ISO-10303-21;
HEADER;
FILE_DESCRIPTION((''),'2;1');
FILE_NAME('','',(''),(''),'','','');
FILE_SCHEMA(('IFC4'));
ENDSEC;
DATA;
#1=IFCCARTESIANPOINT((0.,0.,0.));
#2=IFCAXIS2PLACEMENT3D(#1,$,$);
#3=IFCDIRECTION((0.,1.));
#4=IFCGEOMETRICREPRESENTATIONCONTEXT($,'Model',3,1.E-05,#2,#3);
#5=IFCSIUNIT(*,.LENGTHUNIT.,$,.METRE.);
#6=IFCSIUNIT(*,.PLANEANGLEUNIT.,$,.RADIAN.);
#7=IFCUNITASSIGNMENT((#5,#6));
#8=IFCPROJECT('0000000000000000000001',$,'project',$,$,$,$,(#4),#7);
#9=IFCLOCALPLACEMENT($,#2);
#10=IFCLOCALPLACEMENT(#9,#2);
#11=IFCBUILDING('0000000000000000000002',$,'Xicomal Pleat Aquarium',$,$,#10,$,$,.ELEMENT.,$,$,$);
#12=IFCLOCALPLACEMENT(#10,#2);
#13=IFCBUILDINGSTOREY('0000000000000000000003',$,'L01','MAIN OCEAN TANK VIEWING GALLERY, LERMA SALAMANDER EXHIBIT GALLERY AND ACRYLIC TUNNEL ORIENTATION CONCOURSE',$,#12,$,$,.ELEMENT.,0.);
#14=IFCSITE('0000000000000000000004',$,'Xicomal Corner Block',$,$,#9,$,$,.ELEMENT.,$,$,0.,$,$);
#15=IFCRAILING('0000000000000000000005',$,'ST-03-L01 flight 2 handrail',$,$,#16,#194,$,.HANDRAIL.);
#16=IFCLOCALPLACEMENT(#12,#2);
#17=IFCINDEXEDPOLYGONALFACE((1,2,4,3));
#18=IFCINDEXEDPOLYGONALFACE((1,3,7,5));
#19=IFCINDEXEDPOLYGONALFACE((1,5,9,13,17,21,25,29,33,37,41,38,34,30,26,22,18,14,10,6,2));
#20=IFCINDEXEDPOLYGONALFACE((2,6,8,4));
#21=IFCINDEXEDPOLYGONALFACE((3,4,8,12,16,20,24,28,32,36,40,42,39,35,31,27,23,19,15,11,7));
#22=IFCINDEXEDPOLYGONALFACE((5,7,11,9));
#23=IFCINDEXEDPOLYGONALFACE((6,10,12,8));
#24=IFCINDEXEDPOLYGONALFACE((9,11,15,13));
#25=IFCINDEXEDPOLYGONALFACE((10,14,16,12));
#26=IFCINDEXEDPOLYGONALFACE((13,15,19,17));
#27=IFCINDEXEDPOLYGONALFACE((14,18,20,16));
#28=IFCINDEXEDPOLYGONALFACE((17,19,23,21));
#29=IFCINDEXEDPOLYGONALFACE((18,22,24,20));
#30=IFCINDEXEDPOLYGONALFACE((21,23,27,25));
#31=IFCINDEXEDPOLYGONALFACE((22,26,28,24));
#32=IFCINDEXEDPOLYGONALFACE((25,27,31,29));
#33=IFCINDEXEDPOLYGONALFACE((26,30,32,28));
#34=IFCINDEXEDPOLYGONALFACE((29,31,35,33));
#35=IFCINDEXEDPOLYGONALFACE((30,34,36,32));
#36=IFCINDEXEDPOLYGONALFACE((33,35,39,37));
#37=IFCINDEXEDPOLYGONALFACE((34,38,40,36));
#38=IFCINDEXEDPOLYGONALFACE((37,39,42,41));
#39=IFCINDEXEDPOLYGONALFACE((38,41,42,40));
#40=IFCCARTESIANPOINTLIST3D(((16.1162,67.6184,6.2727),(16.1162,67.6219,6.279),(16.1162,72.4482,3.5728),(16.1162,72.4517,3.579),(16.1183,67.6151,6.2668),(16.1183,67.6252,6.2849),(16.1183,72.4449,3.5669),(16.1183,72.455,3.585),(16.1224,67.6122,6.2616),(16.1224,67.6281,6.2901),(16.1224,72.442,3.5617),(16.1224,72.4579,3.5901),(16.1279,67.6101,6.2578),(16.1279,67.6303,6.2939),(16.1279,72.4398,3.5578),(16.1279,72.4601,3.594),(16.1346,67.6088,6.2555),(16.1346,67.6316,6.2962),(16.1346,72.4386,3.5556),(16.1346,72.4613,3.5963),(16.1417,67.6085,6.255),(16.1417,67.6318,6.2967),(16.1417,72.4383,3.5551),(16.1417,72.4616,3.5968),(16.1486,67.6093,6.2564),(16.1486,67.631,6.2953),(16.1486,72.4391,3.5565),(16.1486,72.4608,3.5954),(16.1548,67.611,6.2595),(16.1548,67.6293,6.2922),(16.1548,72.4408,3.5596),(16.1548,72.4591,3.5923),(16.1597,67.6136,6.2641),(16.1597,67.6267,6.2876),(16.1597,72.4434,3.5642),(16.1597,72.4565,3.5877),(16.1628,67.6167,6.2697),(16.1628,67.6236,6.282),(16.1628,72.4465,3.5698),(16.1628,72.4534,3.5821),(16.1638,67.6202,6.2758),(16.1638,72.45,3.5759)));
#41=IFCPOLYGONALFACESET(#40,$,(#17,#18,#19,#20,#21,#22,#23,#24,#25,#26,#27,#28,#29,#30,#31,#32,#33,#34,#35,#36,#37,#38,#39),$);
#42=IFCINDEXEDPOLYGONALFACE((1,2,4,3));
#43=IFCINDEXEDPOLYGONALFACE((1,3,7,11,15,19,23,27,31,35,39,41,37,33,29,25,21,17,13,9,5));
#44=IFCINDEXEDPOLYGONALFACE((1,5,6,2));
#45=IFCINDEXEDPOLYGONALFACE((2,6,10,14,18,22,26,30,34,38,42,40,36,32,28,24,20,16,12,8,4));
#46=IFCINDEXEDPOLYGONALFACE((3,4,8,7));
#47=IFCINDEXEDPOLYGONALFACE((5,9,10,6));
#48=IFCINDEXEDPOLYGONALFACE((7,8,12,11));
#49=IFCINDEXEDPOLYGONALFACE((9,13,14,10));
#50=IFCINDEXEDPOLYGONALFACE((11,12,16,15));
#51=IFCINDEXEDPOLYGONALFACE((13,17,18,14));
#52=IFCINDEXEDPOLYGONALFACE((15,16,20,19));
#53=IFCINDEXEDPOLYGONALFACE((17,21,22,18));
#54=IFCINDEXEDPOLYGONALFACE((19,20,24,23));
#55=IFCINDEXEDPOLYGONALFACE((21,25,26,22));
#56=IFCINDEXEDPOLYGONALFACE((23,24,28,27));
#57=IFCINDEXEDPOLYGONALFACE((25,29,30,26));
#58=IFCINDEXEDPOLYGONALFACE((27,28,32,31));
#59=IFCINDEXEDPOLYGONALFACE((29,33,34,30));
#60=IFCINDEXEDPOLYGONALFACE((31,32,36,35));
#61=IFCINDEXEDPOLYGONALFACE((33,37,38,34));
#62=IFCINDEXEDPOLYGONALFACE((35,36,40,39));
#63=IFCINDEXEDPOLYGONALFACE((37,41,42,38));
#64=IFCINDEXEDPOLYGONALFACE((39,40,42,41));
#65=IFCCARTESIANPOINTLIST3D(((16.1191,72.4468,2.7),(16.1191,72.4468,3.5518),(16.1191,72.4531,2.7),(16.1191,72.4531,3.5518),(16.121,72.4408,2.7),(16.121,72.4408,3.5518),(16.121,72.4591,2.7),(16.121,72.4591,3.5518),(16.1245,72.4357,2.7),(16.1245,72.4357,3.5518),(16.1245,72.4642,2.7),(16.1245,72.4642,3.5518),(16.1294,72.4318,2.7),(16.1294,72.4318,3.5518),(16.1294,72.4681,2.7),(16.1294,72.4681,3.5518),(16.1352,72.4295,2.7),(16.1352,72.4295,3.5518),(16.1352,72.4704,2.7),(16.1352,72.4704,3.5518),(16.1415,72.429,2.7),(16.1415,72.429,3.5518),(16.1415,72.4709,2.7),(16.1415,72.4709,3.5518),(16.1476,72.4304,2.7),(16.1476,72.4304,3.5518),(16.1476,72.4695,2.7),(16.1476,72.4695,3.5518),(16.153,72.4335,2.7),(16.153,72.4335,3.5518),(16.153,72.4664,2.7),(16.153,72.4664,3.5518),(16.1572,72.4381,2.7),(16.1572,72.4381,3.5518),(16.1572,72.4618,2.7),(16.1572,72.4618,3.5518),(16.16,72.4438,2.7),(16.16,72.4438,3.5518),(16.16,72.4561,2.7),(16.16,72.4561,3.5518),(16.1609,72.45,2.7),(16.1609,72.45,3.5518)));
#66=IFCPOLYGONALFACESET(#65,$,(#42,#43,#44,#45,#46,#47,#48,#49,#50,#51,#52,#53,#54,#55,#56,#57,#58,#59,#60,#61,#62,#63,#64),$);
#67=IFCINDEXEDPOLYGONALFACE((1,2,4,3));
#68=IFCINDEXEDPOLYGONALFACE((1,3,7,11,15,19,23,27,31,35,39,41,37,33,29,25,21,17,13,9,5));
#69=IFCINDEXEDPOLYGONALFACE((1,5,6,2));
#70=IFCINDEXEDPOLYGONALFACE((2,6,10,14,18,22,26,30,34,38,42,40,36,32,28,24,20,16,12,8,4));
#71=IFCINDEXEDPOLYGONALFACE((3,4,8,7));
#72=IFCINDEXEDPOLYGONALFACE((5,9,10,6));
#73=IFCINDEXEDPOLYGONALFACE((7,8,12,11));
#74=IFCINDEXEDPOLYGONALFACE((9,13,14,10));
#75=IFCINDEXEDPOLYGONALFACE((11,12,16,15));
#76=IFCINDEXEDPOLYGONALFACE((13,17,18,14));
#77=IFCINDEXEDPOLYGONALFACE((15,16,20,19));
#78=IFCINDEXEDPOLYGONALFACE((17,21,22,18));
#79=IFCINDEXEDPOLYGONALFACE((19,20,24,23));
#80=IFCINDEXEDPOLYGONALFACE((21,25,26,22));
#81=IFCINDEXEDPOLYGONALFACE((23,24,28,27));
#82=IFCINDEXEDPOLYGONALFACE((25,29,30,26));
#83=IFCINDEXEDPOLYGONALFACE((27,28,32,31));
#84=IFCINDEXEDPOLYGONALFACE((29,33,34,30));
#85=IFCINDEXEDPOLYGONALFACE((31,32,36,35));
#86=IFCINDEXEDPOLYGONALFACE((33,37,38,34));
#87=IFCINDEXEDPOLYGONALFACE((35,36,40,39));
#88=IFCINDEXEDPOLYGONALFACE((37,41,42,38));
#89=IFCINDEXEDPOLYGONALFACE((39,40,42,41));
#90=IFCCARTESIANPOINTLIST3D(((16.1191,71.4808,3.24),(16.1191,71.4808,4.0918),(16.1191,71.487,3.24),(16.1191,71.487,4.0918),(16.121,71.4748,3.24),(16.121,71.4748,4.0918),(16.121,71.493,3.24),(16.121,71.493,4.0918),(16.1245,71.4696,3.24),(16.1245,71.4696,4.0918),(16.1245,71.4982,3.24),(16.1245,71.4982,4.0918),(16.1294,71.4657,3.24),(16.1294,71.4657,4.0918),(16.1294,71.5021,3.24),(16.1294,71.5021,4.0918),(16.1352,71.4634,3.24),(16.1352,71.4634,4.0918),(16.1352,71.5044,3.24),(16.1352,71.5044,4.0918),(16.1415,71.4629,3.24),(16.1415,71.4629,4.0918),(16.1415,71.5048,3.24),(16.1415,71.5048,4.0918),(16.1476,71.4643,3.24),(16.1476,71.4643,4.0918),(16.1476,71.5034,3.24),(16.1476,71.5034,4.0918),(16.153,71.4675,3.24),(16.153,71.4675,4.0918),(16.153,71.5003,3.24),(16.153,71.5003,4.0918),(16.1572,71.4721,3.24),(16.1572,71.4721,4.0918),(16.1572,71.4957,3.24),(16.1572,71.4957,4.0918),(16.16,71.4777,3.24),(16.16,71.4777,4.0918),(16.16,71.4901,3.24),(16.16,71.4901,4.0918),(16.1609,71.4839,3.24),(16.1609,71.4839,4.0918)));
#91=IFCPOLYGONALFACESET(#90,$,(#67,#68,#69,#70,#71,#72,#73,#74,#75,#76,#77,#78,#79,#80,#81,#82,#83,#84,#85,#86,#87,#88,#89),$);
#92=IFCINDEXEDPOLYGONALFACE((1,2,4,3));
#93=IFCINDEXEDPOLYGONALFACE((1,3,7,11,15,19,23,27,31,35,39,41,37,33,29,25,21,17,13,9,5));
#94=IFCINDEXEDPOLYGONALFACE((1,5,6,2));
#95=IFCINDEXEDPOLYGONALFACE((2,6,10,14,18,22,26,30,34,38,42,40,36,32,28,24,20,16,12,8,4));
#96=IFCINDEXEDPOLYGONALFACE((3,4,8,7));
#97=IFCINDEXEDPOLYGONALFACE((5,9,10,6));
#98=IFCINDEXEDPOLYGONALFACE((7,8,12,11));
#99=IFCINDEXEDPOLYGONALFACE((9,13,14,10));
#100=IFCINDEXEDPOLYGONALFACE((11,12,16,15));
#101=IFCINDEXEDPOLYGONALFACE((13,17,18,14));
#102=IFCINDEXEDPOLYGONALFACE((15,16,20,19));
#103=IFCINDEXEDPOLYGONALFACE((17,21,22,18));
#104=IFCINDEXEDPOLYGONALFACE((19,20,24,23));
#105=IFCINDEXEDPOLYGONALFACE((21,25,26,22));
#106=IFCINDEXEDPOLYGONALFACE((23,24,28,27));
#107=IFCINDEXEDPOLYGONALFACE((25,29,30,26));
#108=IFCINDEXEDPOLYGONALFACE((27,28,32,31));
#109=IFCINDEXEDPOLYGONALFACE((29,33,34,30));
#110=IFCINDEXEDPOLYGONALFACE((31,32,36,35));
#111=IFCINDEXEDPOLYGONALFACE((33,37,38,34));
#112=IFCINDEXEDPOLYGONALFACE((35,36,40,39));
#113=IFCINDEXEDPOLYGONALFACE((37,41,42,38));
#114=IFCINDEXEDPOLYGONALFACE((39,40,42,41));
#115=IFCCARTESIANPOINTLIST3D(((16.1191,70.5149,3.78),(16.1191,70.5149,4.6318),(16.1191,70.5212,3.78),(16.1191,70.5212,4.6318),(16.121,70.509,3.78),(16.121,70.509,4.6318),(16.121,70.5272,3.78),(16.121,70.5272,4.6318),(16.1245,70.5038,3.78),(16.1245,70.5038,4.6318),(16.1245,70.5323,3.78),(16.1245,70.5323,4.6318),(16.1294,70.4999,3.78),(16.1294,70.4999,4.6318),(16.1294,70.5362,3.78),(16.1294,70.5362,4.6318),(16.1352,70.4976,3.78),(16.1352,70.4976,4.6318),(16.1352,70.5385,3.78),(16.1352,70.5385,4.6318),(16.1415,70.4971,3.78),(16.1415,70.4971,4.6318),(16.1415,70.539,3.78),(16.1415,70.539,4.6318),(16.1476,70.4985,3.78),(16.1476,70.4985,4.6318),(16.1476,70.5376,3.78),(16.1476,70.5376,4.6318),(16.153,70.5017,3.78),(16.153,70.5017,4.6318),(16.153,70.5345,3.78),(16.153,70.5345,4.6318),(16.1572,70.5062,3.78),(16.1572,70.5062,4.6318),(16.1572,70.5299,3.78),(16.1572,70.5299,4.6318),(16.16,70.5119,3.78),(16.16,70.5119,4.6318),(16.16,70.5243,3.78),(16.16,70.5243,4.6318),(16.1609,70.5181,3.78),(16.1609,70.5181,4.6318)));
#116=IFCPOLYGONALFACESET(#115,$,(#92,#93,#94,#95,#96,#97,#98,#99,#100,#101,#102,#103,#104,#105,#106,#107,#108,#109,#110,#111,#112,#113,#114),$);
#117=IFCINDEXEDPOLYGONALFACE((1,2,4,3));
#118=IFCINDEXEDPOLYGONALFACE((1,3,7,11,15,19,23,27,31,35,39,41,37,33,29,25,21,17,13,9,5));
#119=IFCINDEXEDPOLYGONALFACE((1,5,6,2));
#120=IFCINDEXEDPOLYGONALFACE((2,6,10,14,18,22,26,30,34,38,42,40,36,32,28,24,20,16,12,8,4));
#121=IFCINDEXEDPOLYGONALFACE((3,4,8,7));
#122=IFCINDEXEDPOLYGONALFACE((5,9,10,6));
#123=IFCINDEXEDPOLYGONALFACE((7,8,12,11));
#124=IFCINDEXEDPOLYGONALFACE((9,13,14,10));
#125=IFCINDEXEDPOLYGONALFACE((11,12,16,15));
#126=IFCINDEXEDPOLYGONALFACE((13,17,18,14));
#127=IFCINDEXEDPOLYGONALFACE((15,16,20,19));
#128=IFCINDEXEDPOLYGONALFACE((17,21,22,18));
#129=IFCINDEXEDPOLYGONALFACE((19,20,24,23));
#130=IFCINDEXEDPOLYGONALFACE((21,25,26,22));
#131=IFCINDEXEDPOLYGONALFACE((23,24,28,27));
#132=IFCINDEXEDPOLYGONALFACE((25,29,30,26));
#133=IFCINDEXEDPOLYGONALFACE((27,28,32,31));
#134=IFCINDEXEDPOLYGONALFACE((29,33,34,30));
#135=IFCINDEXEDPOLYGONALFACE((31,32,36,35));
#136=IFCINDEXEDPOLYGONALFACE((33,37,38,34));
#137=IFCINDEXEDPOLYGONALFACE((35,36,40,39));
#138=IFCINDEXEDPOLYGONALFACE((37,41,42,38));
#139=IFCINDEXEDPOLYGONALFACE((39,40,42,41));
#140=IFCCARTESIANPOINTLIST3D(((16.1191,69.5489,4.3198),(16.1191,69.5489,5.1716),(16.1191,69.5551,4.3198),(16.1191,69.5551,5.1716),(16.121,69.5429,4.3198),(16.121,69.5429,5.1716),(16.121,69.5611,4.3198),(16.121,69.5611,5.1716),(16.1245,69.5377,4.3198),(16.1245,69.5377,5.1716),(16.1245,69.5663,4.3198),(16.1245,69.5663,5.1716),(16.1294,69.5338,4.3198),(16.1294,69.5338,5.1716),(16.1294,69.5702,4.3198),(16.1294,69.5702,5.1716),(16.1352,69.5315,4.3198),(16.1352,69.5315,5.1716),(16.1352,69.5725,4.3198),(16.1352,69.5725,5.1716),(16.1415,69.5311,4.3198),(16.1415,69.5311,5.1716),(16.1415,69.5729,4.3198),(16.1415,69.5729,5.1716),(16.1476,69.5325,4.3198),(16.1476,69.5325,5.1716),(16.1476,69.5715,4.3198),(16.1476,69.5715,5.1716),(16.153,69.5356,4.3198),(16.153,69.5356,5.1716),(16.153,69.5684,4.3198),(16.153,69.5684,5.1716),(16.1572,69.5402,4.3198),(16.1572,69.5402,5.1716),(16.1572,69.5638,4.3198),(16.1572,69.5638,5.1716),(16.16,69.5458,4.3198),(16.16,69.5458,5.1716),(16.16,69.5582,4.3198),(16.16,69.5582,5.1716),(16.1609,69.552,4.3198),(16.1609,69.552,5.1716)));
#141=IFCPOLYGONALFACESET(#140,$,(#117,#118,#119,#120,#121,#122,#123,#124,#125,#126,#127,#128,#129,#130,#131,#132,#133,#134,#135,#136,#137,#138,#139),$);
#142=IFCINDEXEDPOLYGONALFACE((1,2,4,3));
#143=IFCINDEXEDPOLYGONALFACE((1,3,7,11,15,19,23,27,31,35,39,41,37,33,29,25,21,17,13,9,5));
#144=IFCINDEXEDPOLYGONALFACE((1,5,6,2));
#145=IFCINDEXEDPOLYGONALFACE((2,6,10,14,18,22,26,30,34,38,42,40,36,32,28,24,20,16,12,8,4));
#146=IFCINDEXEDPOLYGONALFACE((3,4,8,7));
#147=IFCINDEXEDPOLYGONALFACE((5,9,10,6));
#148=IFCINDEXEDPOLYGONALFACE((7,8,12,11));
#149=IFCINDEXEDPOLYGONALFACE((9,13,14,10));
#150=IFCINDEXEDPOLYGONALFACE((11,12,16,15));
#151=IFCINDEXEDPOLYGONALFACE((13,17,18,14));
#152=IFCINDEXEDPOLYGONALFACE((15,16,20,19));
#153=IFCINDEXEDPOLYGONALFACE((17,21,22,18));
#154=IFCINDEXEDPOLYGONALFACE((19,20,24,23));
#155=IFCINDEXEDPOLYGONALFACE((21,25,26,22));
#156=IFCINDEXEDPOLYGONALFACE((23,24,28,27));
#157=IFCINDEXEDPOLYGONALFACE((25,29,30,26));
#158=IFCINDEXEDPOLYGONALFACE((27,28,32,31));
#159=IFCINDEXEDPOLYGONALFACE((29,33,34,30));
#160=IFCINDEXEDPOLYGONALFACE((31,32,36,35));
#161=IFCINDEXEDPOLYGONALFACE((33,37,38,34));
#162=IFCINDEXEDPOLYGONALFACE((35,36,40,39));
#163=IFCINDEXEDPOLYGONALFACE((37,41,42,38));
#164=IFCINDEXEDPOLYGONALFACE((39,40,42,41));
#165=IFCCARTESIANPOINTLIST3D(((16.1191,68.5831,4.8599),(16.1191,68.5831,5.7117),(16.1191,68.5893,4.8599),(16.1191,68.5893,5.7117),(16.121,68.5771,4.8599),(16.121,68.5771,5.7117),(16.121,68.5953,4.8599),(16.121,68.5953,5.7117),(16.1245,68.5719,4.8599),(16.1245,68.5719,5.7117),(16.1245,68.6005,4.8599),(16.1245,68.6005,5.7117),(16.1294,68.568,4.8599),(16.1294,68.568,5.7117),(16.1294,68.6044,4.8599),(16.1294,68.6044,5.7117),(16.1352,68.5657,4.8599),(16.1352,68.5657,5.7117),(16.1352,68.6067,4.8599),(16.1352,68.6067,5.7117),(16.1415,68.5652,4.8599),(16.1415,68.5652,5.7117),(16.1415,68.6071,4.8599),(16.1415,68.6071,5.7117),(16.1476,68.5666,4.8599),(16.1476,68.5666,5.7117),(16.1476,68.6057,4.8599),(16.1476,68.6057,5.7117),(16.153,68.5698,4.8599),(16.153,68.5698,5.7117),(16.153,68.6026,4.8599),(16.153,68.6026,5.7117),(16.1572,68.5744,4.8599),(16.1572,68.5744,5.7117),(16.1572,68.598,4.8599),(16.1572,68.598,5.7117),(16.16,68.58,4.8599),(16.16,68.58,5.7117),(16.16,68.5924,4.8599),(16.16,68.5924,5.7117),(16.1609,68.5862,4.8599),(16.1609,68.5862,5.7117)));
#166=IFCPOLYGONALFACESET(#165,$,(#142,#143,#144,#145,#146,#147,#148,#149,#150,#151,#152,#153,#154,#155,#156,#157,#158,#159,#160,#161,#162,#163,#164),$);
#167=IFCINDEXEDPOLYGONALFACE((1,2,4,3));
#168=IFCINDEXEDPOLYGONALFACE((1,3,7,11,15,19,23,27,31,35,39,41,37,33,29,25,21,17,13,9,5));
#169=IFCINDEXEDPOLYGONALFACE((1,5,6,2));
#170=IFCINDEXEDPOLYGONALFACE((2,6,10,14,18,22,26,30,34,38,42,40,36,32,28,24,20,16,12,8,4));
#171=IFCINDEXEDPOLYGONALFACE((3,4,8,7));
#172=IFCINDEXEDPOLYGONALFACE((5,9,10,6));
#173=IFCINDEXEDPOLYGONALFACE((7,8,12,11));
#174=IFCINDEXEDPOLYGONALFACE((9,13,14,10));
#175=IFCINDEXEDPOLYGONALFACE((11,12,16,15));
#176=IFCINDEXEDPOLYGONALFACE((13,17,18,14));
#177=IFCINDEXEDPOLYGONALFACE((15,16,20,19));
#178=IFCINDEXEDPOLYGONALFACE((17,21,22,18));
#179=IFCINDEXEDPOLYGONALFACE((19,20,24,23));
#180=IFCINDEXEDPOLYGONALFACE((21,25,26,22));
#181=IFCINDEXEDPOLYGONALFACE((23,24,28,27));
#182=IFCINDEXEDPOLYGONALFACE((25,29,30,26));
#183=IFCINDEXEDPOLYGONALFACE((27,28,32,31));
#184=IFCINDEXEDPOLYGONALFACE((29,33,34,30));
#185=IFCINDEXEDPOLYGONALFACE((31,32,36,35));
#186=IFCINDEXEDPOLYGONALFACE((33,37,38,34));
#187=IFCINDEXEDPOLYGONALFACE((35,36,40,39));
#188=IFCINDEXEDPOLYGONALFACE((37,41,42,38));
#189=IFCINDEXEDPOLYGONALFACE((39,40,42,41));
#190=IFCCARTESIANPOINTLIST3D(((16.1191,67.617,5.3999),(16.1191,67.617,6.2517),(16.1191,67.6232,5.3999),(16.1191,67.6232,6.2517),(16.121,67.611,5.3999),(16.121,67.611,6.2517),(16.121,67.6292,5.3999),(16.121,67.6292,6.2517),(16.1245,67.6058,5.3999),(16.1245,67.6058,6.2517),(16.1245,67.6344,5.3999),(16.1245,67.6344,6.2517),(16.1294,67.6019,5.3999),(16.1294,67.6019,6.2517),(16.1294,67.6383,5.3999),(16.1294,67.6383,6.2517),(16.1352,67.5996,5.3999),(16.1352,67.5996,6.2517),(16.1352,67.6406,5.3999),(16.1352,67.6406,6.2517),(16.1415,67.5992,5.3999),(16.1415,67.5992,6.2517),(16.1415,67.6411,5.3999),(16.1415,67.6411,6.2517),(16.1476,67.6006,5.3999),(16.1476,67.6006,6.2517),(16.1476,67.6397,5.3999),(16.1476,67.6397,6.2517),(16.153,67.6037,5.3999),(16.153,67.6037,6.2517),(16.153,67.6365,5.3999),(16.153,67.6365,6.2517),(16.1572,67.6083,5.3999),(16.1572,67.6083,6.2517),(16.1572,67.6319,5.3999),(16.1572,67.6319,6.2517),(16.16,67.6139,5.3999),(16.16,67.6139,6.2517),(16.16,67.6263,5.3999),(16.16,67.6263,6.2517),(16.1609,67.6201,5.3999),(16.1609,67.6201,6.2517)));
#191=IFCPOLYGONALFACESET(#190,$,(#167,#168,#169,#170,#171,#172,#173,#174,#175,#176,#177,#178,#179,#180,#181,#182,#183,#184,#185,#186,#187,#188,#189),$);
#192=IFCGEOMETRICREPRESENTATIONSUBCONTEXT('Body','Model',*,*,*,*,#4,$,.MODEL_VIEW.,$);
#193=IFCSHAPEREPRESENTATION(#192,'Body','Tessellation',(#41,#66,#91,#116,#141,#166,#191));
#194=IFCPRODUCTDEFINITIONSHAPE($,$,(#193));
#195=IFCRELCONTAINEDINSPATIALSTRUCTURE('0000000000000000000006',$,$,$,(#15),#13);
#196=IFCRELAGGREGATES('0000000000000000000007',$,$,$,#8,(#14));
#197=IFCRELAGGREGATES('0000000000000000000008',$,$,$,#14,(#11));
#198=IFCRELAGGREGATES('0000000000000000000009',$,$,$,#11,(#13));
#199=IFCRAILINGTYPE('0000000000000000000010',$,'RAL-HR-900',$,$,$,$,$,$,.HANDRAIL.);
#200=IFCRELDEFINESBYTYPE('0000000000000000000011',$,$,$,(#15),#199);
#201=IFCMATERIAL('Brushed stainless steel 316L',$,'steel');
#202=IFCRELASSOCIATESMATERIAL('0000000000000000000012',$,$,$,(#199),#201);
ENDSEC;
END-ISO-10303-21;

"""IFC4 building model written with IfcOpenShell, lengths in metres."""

from ifc_helpers import new_model, si_unit, direction, frame, origin, origin_2d, place, context, subcontext, project, spatial, circle, extrude, material, type_object, element, save


model = new_model("IFC4")

# Units and contexts
model_context = context("Model", 3, precision=1e-05, world=origin(), true_north=direction((0.0, 1.0)))
body_context = subcontext(model_context, "Body", "Model", "MODEL_VIEW")
ifc_project = project(units=[si_unit("LENGTHUNIT", "METRE"), si_unit("PLANEANGLEUNIT", "RADIAN")], contexts=[model_context])

# Site, building, storey
site_placement = place(None, origin())
site = spatial("IfcSite", under=ifc_project, at=site_placement, Name="Xicomal Corner Block", CompositionType="ELEMENT", RefElevation=0.0)
building_placement = place(site_placement, origin())
building = spatial("IfcBuilding", under=site, at=building_placement, Name="Xicomal Pleat Aquarium", CompositionType="ELEMENT")
storey_placement = place(building_placement, origin())
storey = spatial("IfcBuildingStorey", under=building, at=storey_placement, Name="L01", Description="MAIN OCEAN TANK VIEWING GALLERY, LERMA SALAMANDER EXHIBIT GALLERY AND ACRYLIC TUNNEL ORIENTATION CONCOURSE", CompositionType="ELEMENT", Elevation=0.0)

# Railing
ifc_material_1 = material(Name="Brushed stainless steel 316L", Category="steel")
railing_type = type_object("IfcRailingType", Name="RAL-HR-900", PredefinedType="HANDRAIL", material=ifc_material_1)
railing_placement = place(storey_placement, frame((16.1399, 72.45, 2.7)))
element("IfcRailing", 1, at=railing_placement, inside=storey, type_object=railing_type, Name="ST-03-L01 flight 2 handrail", PredefinedType="HANDRAIL", context=body_context, shape_type="SweptSolid", body=[
    extrude(circle(Radius=0.0239, at=origin_2d()), frame((0.0, 0.0, 0.876), z_axis=(0.0, -0.872872, 0.487949), x_axis=(1.0, 0.0, 0.0)), (0.0, 0.0, 1.0), 5.5332),
    extrude(circle(Radius=0.021, at=origin_2d()), origin(), (0.0, 0.0, 1.0), 0.8518),
    extrude(circle(Radius=0.021, at=origin_2d()), frame((0.0, -0.9661, 0.54)), (0.0, 0.0, 1.0), 0.8518),
    extrude(circle(Radius=0.021, at=origin_2d()), frame((0.0, -1.9319, 1.0801)), (0.0, 0.0, 1.0), 0.8518),
    extrude(circle(Radius=0.021, at=origin_2d()), frame((0.0, -2.8979, 1.6199)), (0.0, 0.0, 1.0), 0.8518),
    extrude(circle(Radius=0.021, at=origin_2d()), frame((0.0, -3.8638, 2.1599)), (0.0, 0.0, 1.0), 0.8518),
    extrude(circle(Radius=0.021, at=origin_2d()), frame((0.0, -4.8298, 2.7)), (0.0, 0.0, 1.0), 0.8518),
])

save(model, "model.ifc")
